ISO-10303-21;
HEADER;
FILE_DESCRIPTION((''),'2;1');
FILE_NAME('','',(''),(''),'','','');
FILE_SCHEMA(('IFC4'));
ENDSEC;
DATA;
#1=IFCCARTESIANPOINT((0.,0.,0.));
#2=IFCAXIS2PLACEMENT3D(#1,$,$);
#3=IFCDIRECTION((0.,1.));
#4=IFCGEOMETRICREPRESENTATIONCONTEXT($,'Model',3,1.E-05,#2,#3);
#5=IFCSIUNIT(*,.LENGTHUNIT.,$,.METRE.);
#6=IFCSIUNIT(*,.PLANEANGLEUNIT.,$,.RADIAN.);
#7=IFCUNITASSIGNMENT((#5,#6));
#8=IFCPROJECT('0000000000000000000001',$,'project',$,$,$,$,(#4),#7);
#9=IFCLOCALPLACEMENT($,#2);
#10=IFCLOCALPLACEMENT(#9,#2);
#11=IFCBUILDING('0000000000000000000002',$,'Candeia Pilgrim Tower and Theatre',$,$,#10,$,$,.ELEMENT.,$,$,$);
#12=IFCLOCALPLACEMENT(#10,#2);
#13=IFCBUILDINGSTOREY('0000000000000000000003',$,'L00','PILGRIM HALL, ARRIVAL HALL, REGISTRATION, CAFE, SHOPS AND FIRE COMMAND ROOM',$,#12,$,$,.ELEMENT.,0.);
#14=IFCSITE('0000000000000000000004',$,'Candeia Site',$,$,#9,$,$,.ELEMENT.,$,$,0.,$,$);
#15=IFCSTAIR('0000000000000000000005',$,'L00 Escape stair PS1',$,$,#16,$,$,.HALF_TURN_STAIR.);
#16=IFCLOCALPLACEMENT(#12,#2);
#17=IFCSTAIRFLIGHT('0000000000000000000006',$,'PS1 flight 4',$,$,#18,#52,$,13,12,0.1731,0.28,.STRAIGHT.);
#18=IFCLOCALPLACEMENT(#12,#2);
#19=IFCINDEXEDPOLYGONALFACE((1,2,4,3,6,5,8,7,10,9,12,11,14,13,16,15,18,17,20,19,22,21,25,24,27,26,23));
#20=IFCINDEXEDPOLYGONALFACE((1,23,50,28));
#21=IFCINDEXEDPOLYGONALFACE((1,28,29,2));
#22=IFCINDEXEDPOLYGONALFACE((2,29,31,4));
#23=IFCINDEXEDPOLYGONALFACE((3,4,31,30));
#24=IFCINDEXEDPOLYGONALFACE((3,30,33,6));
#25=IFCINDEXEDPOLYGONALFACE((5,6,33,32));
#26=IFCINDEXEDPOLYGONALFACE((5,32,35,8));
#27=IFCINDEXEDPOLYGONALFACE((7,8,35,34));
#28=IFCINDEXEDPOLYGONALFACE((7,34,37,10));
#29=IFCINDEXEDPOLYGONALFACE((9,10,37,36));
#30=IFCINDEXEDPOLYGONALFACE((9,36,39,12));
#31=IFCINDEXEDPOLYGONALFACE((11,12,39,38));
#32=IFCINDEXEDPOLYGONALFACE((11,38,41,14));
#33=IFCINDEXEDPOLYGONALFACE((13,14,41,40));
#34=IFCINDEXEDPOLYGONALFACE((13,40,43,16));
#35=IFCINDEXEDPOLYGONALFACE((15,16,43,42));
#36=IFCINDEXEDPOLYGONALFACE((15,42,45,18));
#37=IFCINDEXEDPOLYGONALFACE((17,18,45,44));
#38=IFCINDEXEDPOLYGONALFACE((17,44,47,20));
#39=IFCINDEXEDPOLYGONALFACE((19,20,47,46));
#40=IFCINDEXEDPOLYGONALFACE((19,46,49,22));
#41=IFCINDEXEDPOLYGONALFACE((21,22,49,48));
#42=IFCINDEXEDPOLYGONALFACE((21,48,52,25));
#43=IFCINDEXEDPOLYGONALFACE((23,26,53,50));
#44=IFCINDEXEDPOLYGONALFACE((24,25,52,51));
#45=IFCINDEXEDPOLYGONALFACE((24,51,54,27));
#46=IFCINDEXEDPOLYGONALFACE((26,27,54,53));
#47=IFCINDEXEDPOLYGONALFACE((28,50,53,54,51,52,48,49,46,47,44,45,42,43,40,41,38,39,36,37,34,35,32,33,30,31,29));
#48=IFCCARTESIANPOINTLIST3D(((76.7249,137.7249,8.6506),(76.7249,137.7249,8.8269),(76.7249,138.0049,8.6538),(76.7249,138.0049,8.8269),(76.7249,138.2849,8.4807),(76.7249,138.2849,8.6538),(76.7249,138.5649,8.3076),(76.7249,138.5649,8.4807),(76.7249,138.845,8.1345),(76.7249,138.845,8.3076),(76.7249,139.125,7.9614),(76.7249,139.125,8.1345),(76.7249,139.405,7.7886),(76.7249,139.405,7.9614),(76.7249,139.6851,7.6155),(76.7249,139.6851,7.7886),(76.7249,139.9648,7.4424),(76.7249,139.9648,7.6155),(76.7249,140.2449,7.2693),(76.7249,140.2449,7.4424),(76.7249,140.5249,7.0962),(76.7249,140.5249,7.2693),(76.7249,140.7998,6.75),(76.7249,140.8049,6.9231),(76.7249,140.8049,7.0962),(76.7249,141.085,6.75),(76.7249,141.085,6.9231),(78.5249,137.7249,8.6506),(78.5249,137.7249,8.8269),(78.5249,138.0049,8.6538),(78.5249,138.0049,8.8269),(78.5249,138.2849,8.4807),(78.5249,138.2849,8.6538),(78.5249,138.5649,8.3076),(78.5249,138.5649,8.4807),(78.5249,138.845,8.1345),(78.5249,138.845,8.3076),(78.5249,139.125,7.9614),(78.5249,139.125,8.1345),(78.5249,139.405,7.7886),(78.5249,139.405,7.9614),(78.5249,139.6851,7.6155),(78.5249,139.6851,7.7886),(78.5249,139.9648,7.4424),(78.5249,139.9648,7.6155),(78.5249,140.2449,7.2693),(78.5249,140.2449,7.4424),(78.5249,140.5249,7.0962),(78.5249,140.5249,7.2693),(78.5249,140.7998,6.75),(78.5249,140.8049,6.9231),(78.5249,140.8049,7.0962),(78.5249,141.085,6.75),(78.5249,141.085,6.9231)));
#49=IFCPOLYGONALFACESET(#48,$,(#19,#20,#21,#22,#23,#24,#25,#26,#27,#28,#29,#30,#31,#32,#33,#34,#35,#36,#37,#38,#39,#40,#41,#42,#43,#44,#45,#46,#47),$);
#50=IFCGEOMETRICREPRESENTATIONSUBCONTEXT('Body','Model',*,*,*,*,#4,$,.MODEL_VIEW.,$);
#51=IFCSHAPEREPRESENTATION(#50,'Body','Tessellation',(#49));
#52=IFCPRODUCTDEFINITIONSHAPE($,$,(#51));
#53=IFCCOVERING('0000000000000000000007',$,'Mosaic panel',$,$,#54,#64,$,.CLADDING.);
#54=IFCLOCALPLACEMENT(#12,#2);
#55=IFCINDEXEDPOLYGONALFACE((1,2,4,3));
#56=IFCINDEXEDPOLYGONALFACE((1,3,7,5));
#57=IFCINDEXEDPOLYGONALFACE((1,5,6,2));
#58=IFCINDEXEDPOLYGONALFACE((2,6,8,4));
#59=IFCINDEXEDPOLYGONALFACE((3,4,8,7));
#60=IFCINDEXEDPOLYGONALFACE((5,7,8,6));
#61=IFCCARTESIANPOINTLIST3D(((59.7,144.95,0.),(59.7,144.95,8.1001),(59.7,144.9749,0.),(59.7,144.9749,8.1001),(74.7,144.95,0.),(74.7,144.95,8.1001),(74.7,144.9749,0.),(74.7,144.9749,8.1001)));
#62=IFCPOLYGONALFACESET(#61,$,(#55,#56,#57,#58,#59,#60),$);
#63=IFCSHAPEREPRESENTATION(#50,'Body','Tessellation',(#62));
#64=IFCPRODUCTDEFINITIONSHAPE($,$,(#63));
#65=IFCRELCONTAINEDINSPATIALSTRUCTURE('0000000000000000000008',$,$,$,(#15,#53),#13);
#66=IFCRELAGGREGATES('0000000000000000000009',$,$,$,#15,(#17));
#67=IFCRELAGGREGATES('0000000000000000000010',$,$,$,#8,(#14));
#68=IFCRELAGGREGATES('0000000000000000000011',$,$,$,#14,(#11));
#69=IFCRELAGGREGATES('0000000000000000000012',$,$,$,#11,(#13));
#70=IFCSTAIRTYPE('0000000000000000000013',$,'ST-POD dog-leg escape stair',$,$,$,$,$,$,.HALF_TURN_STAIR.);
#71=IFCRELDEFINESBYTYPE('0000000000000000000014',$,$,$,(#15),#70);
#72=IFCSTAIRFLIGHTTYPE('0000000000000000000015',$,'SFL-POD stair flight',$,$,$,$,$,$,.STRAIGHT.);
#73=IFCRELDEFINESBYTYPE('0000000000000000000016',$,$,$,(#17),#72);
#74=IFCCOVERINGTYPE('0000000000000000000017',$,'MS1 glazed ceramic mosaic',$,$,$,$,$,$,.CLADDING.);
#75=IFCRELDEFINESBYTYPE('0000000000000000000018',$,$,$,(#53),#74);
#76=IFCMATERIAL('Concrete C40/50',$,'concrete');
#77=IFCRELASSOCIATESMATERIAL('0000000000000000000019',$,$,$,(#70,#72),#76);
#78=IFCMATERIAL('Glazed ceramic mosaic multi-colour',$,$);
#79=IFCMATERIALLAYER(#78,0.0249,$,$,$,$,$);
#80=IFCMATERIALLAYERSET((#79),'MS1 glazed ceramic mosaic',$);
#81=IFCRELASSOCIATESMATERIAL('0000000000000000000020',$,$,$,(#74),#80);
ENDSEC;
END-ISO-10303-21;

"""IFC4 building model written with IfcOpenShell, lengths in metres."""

from ifc_helpers import new_model, si_unit, direction, frame, origin, origin_2d, place, context, subcontext, project, spatial, polyline, rectangle, outline, extrude, material, layer, layer_set, type_object, element, aggregate, save


model = new_model("IFC4")

# Units and contexts
model_context = context("Model", 3, precision=1e-05, world=origin(), true_north=direction((0.0, 1.0)))
body_context = subcontext(model_context, "Body", "Model", "MODEL_VIEW")
ifc_project = project(units=[si_unit("LENGTHUNIT", "METRE"), si_unit("PLANEANGLEUNIT", "RADIAN")], contexts=[model_context])

# Site, building, storey
site_placement = place(None, origin())
site = spatial("IfcSite", under=ifc_project, at=site_placement, Name="Candeia Site", CompositionType="ELEMENT", RefElevation=0.0)
building_placement = place(site_placement, origin())
building = spatial("IfcBuilding", under=site, at=building_placement, Name="Candeia Pilgrim Tower and Theatre", CompositionType="ELEMENT")
storey_placement = place(building_placement, origin())
storey = spatial("IfcBuildingStorey", under=building, at=storey_placement, Name="L00", Description="PILGRIM HALL, ARRIVAL HALL, REGISTRATION, CAFE, SHOPS AND FIRE COMMAND ROOM", CompositionType="ELEMENT", Elevation=0.0)

# Shared definitions
ifc_material_1 = material(Name="Concrete C40/50", Category="concrete")

# Stair, stair flight
stair_type_1 = type_object("IfcStairType", Name="ST-POD dog-leg escape stair", PredefinedType="HALF_TURN_STAIR", material=ifc_material_1)
stair_1_placement = place(storey_placement, origin())
stair_1 = element("IfcStair", 1, at=stair_1_placement, inside=storey, type_object=stair_type_1, Name="L00 Escape stair PS1", PredefinedType="HALF_TURN_STAIR")
stair_flight_type_1 = type_object("IfcStairFlightType", Name="SFL-POD stair flight", PredefinedType="STRAIGHT", material=ifc_material_1)
stair_flight_1_placement = place(storey_placement, frame((77.625, 141.085, 6.75), z_axis=(0.0, 0.0, 1.0), x_axis=(0.0, -1.0, 0.0)))
stair_flight_1 = element("IfcStairFlight", 2, at=stair_flight_1_placement, type_object=stair_flight_type_1, Name="PS1 flight 4", NumberOfRisers=13, NumberOfTreads=12, PredefinedType="STRAIGHT", RiserHeight=0.1731, TreadLength=0.28, context=body_context, shape_type="SweptSolid", body=[
    extrude(outline(polyline([(0.0, 0.0), (0.0, 0.1731), (0.28, 0.1731), (0.28, 0.3462), (0.5601, 0.3462), (0.5601, 0.5193), (0.8401, 0.5193), (0.8401, 0.6924), (1.1201, 0.6924), (1.1201, 0.8655), (1.3999, 0.8655), (1.3999, 1.0386), (1.6799, 1.0386), (1.6799, 1.2114), (1.96, 1.2114), (1.96, 1.3845), (2.24, 1.3845), (2.24, 1.5576), (2.52, 1.5576), (2.52, 1.7307), (2.8, 1.7307), (2.8, 1.9038), (3.0801, 1.9038), (3.0801, 2.0769), (3.3601, 2.0769), (3.3601, 2.25), (3.3601, 1.9006), (0.2852, 0.0), (0.0, 0.0)])), frame((0.0, 0.8999, 0.0), z_axis=(0.0, -1.0, 0.0), x_axis=(1.0, 0.0, 0.0)), (0.0, 0.0, 1.0), 1.8),
])
aggregate(stair_1, [stair_flight_1])

# Covering
ifc_material_2 = material(Name="Glazed ceramic mosaic multi-colour")
ifc_layer_1 = layer(ifc_material_2, 0.0249)
ifc_layer_set_1 = layer_set([ifc_layer_1], Name="MS1 glazed ceramic mosaic")
covering_type = type_object("IfcCoveringType", Name="MS1 glazed ceramic mosaic", PredefinedType="CLADDING", material=ifc_layer_set_1)
covering_placement = place(storey_placement, frame((67.2, 144.9624, 0.0), z_axis=(0.0, 0.0, 1.0), x_axis=(1.0, 0.0, 0.0)))
element("IfcCovering", 3, at=covering_placement, inside=storey, type_object=covering_type, Name="Mosaic panel", PredefinedType="CLADDING", context=body_context, shape_type="SweptSolid", body=[
    extrude(rectangle(XDim=15.0, YDim=0.0249, at=origin_2d()), origin(), (0.0, 0.0, 1.0), 8.1001),
])

save(model, "model.ifc")
